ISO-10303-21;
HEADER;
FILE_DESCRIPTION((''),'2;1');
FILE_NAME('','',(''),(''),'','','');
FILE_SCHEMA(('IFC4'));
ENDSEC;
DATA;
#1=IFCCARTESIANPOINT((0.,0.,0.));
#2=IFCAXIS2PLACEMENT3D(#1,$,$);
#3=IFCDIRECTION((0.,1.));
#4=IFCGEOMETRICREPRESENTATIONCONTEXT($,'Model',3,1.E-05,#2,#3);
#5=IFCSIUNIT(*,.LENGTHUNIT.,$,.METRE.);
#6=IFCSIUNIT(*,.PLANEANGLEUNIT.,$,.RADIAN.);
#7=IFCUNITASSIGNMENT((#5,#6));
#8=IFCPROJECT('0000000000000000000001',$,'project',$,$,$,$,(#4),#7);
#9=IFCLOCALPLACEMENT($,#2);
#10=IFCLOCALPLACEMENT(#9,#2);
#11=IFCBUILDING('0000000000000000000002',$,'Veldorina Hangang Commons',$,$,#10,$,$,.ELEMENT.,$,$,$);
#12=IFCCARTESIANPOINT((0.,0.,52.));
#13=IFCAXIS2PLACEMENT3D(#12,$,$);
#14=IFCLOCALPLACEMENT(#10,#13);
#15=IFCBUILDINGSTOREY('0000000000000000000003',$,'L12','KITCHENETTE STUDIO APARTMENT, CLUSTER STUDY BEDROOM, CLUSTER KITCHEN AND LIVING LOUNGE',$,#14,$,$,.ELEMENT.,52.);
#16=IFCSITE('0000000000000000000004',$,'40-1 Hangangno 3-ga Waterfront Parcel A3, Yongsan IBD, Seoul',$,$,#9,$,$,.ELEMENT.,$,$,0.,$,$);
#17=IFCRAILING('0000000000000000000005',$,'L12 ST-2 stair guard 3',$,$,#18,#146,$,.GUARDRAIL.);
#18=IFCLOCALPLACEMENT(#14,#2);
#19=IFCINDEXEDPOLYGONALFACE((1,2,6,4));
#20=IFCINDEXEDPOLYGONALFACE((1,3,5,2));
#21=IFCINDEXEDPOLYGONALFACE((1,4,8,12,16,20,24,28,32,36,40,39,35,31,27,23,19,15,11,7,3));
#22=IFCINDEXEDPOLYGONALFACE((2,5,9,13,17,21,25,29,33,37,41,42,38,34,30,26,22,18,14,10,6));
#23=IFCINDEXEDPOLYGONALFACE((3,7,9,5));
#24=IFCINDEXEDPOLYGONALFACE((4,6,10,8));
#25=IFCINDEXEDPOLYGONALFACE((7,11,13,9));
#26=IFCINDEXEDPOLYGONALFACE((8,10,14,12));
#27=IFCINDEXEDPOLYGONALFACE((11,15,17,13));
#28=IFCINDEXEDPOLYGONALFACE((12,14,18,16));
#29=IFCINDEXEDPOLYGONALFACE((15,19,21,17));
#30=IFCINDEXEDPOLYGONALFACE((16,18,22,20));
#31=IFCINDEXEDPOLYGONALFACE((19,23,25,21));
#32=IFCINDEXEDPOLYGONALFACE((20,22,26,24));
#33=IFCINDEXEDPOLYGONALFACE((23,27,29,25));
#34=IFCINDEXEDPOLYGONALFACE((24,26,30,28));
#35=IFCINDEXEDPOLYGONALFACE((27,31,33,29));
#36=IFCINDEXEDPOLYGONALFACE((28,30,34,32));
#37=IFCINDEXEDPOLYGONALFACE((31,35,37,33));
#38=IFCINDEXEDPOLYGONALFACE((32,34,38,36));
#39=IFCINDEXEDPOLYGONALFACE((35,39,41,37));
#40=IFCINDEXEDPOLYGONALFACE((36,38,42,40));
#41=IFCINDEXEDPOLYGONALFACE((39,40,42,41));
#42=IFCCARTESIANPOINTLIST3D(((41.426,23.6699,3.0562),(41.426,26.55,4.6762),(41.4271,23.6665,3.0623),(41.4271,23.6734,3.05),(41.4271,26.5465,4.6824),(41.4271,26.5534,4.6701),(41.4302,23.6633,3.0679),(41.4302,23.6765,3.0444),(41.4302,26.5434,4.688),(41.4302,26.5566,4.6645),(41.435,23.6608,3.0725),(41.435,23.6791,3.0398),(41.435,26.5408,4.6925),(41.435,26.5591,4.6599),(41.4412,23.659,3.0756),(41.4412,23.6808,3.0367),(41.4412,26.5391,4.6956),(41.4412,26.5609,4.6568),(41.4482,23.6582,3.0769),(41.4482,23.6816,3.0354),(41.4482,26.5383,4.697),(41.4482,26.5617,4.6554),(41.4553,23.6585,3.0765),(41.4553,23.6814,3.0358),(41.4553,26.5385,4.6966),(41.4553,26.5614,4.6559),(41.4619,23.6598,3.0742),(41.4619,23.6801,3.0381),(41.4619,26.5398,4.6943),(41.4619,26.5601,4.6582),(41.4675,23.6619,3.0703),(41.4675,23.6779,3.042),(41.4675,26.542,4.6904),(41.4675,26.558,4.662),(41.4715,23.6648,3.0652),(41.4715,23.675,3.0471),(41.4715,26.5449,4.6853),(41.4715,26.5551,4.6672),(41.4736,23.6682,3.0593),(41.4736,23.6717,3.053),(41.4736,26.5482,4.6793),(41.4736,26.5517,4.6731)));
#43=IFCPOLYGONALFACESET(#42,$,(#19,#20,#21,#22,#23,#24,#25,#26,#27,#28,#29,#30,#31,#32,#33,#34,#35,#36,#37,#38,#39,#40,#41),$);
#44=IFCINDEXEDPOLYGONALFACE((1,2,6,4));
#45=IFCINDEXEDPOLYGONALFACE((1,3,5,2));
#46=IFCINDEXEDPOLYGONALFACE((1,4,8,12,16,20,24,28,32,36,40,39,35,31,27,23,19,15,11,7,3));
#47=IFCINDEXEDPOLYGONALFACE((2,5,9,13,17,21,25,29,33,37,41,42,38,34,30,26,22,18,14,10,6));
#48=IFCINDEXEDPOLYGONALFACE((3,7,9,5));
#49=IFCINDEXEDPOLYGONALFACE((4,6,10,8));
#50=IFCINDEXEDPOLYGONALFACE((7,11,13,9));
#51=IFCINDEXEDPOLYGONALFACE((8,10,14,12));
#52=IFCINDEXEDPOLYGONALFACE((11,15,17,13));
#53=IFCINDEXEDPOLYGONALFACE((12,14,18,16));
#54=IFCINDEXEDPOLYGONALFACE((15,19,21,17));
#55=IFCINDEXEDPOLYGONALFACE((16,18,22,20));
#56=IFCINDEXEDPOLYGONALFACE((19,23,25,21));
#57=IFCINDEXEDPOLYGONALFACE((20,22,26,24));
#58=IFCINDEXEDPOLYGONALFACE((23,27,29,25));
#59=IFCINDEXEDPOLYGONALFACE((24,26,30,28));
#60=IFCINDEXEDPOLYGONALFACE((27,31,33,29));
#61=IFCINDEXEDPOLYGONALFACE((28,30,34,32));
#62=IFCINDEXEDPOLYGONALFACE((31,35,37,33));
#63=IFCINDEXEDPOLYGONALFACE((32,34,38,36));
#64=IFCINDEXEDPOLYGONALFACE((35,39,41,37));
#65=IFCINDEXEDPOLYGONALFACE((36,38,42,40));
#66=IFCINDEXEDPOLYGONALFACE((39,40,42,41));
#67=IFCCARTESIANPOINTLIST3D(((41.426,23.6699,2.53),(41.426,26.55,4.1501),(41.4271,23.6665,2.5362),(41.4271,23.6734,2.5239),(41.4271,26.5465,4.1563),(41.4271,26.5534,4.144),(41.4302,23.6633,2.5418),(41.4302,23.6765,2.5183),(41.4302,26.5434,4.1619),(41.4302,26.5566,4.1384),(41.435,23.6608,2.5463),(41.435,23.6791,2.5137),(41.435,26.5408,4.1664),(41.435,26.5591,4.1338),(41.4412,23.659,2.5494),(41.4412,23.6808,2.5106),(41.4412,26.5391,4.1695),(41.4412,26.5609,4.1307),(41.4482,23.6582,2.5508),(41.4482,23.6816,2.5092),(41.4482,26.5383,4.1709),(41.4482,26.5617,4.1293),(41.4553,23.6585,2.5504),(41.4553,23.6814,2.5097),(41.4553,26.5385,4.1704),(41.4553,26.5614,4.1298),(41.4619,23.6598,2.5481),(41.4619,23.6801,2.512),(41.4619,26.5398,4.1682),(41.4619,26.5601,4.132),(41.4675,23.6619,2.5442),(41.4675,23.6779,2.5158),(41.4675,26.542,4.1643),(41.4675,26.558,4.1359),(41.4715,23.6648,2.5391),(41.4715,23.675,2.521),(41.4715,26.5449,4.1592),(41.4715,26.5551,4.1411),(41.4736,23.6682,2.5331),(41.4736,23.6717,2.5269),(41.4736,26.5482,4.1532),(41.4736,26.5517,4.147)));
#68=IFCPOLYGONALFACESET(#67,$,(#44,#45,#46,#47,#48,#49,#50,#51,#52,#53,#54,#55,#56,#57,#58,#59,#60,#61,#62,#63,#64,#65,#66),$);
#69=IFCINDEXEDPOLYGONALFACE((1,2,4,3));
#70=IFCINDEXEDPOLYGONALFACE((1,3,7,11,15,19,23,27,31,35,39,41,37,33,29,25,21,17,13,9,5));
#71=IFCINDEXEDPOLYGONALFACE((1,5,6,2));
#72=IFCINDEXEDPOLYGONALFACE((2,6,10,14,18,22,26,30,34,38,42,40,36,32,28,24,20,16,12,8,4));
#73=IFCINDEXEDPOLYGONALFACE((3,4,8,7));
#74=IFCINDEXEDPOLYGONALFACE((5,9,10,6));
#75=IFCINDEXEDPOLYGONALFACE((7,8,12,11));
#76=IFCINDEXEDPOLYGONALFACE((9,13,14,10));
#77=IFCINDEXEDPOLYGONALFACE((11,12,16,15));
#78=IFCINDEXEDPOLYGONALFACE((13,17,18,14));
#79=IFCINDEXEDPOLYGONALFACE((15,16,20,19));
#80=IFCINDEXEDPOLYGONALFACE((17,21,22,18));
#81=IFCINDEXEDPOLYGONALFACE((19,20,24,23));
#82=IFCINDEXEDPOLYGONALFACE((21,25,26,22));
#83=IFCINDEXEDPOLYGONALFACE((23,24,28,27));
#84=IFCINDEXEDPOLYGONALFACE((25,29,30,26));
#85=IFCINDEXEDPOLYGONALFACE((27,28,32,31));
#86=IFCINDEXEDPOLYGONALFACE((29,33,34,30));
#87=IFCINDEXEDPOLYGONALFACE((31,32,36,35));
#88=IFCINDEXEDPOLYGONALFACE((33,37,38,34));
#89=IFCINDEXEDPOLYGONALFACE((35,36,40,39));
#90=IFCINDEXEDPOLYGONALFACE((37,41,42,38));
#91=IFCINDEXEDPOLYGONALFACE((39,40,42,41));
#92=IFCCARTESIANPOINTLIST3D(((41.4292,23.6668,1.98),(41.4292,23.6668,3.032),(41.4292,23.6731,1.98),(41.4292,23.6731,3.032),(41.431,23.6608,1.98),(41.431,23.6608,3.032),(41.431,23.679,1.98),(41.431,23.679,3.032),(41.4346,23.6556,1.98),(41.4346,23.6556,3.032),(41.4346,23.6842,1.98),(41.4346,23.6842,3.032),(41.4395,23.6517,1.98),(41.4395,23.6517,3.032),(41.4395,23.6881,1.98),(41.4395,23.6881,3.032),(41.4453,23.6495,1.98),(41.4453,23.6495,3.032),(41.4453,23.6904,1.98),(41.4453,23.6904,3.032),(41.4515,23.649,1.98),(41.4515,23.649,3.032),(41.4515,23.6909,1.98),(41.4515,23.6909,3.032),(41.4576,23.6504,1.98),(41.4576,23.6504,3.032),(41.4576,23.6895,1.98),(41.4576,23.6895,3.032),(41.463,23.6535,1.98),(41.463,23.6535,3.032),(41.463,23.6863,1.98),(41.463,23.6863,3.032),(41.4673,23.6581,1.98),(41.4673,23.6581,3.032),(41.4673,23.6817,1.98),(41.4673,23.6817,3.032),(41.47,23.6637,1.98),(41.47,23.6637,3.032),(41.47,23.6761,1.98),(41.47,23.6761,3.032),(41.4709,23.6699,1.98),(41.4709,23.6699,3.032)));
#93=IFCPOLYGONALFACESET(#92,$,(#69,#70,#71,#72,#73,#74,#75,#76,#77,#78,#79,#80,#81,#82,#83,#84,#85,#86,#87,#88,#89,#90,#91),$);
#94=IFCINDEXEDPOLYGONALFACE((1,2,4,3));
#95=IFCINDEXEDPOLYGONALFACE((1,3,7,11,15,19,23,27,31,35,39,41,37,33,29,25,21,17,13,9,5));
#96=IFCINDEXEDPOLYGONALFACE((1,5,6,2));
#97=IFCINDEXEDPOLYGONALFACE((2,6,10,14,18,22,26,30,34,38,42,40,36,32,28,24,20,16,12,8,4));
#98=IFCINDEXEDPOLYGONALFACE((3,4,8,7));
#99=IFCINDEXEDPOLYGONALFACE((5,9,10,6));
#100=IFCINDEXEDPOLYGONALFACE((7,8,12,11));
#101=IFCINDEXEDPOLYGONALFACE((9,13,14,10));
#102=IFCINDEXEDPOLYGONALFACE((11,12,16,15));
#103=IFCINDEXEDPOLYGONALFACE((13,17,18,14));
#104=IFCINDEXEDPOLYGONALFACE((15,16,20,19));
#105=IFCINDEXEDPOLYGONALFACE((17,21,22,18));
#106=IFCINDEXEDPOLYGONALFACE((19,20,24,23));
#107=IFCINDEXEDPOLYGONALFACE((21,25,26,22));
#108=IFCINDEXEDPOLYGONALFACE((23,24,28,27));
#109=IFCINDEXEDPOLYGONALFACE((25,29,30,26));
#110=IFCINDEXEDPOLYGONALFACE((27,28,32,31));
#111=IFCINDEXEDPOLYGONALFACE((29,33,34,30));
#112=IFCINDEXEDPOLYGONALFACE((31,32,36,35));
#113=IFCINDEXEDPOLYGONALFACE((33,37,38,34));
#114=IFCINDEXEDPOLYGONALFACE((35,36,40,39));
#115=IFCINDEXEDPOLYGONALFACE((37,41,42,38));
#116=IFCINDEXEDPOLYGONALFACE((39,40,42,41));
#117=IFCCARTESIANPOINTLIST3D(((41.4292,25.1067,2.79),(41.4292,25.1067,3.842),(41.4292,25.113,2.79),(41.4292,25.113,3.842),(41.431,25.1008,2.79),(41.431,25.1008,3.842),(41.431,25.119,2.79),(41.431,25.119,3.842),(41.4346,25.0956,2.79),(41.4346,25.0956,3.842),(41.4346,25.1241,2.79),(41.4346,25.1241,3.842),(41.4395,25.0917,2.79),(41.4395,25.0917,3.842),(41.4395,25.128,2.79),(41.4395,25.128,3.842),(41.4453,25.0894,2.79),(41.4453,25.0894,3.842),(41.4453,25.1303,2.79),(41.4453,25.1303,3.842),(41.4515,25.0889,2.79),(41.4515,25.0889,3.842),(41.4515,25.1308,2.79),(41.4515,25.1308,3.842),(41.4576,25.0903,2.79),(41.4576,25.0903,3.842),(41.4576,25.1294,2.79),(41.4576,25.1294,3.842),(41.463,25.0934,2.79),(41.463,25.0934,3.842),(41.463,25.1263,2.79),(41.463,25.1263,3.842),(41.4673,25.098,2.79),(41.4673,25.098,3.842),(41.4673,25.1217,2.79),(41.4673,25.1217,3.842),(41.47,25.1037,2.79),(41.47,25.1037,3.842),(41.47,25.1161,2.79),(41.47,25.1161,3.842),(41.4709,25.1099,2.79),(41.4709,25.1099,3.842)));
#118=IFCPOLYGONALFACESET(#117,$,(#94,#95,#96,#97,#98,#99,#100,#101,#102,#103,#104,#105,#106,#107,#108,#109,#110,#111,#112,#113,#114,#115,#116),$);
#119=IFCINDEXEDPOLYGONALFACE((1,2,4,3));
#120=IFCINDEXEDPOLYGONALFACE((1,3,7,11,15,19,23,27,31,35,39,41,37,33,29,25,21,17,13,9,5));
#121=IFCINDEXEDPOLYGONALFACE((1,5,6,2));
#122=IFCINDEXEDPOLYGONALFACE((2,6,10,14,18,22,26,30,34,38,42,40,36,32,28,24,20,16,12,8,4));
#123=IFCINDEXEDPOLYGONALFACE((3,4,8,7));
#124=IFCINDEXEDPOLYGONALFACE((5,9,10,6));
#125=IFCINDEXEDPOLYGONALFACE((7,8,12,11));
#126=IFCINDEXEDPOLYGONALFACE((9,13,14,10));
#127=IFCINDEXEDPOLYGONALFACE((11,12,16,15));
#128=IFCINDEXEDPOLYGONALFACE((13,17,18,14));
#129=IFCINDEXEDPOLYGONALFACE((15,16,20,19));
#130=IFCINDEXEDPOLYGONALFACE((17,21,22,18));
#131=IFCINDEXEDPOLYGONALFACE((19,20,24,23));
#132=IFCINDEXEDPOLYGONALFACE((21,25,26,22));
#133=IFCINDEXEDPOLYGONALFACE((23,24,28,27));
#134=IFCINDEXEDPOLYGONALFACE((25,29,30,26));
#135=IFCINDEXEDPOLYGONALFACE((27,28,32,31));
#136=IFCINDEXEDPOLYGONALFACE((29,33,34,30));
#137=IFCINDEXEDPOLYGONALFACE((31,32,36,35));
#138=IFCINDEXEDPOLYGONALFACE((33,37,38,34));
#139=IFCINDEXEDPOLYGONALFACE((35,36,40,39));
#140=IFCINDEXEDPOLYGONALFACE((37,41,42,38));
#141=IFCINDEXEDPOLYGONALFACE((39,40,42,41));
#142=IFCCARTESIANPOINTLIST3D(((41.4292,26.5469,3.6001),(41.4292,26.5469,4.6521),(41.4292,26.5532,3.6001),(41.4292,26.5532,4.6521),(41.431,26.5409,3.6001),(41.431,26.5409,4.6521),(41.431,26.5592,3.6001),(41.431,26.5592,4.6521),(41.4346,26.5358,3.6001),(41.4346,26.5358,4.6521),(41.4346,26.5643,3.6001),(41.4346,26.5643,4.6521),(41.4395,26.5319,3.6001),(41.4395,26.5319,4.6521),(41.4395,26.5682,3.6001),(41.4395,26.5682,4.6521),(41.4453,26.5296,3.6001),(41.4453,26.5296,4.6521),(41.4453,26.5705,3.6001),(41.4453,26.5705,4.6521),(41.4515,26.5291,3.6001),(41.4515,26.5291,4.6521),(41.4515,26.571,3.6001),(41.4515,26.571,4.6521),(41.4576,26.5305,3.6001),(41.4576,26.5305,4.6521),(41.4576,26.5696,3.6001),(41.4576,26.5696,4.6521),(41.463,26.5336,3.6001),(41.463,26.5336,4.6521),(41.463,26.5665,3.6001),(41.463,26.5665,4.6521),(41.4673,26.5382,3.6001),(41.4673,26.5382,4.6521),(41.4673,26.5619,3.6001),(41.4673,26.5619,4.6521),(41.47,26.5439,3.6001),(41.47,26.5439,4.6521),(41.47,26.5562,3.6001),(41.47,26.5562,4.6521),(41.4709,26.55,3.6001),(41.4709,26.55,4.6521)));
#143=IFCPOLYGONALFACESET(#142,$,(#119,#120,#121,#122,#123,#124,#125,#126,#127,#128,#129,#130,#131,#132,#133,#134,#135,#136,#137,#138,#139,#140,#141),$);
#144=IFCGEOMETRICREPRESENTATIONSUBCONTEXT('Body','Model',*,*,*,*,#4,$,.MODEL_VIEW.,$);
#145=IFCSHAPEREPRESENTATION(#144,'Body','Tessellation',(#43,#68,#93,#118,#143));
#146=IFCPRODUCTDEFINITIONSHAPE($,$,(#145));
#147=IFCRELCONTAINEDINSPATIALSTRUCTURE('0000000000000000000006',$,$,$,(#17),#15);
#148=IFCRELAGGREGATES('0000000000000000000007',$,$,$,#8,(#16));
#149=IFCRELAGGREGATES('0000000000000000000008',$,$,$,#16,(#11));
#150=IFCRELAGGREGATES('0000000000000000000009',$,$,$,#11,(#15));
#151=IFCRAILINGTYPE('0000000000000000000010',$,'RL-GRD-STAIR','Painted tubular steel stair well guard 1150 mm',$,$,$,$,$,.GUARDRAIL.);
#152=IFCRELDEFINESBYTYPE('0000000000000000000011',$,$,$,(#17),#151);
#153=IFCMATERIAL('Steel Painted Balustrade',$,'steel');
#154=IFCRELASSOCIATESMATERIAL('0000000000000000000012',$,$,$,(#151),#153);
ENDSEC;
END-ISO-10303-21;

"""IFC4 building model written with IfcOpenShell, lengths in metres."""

from ifc_helpers import new_model, si_unit, direction, frame, origin, origin_2d, place, context, subcontext, project, spatial, circle, extrude, material, type_object, element, save


model = new_model("IFC4")

# Units and contexts
model_context = context("Model", 3, precision=1e-05, world=origin(), true_north=direction((0.0, 1.0)))
body_context = subcontext(model_context, "Body", "Model", "MODEL_VIEW")
ifc_project = project(units=[si_unit("LENGTHUNIT", "METRE"), si_unit("PLANEANGLEUNIT", "RADIAN")], contexts=[model_context])

# Site, building, storey
site_placement = place(None, origin())
site = spatial("IfcSite", under=ifc_project, at=site_placement, Name="40-1 Hangangno 3-ga Waterfront Parcel A3, Yongsan IBD, Seoul", CompositionType="ELEMENT", RefElevation=0.0)
building_placement = place(site_placement, origin())
building = spatial("IfcBuilding", under=site, at=building_placement, Name="Veldorina Hangang Commons", CompositionType="ELEMENT")
storey_placement = place(building_placement, frame((0.0, 0.0, 52.0)))
storey = spatial("IfcBuildingStorey", under=building, at=storey_placement, Name="L12", Description="KITCHENETTE STUDIO APARTMENT, CLUSTER STUDY BEDROOM, CLUSTER KITCHEN AND LIVING LOUNGE", CompositionType="ELEMENT", Elevation=52.0)

# Railing
ifc_material_1 = material(Name="Steel Painted Balustrade", Category="steel")
railing_type_1 = type_object("IfcRailingType", Name="RL-GRD-STAIR", Description="Painted tubular steel stair well guard 1150 mm", PredefinedType="GUARDRAIL", material=ifc_material_1)
railing_1_placement = place(storey_placement, frame((41.45, 23.6699, 1.98)))
element("IfcRailing", 1, at=railing_1_placement, inside=storey, type_object=railing_type_1, Name="L12 ST-2 stair guard 3", PredefinedType="GUARDRAIL", context=body_context, shape_type="SweptSolid", body=[
    extrude(circle(Radius=0.0239, at=origin_2d()), frame((0.0, 0.0, 1.0762), z_axis=(0.0, 0.87157, 0.490272), x_axis=(-1.0, 0.0, 0.0)), (0.0, 0.0, 1.0), 3.3044),
    extrude(circle(Radius=0.0239, at=origin_2d()), frame((0.0, 0.0, 0.55), z_axis=(0.0, 0.87157, 0.490272), x_axis=(-1.0, 0.0, 0.0)), (0.0, 0.0, 1.0), 3.3044),
    extrude(circle(Radius=0.021, at=origin_2d()), origin(), (0.0, 0.0, 1.0), 1.052),
    extrude(circle(Radius=0.021, at=origin_2d()), frame((0.0, 1.4399, 0.8101)), (0.0, 0.0, 1.0), 1.052),
    extrude(circle(Radius=0.021, at=origin_2d()), frame((0.0, 2.8801, 1.6201)), (0.0, 0.0, 1.0), 1.052),
])

save(model, "model.ifc")
